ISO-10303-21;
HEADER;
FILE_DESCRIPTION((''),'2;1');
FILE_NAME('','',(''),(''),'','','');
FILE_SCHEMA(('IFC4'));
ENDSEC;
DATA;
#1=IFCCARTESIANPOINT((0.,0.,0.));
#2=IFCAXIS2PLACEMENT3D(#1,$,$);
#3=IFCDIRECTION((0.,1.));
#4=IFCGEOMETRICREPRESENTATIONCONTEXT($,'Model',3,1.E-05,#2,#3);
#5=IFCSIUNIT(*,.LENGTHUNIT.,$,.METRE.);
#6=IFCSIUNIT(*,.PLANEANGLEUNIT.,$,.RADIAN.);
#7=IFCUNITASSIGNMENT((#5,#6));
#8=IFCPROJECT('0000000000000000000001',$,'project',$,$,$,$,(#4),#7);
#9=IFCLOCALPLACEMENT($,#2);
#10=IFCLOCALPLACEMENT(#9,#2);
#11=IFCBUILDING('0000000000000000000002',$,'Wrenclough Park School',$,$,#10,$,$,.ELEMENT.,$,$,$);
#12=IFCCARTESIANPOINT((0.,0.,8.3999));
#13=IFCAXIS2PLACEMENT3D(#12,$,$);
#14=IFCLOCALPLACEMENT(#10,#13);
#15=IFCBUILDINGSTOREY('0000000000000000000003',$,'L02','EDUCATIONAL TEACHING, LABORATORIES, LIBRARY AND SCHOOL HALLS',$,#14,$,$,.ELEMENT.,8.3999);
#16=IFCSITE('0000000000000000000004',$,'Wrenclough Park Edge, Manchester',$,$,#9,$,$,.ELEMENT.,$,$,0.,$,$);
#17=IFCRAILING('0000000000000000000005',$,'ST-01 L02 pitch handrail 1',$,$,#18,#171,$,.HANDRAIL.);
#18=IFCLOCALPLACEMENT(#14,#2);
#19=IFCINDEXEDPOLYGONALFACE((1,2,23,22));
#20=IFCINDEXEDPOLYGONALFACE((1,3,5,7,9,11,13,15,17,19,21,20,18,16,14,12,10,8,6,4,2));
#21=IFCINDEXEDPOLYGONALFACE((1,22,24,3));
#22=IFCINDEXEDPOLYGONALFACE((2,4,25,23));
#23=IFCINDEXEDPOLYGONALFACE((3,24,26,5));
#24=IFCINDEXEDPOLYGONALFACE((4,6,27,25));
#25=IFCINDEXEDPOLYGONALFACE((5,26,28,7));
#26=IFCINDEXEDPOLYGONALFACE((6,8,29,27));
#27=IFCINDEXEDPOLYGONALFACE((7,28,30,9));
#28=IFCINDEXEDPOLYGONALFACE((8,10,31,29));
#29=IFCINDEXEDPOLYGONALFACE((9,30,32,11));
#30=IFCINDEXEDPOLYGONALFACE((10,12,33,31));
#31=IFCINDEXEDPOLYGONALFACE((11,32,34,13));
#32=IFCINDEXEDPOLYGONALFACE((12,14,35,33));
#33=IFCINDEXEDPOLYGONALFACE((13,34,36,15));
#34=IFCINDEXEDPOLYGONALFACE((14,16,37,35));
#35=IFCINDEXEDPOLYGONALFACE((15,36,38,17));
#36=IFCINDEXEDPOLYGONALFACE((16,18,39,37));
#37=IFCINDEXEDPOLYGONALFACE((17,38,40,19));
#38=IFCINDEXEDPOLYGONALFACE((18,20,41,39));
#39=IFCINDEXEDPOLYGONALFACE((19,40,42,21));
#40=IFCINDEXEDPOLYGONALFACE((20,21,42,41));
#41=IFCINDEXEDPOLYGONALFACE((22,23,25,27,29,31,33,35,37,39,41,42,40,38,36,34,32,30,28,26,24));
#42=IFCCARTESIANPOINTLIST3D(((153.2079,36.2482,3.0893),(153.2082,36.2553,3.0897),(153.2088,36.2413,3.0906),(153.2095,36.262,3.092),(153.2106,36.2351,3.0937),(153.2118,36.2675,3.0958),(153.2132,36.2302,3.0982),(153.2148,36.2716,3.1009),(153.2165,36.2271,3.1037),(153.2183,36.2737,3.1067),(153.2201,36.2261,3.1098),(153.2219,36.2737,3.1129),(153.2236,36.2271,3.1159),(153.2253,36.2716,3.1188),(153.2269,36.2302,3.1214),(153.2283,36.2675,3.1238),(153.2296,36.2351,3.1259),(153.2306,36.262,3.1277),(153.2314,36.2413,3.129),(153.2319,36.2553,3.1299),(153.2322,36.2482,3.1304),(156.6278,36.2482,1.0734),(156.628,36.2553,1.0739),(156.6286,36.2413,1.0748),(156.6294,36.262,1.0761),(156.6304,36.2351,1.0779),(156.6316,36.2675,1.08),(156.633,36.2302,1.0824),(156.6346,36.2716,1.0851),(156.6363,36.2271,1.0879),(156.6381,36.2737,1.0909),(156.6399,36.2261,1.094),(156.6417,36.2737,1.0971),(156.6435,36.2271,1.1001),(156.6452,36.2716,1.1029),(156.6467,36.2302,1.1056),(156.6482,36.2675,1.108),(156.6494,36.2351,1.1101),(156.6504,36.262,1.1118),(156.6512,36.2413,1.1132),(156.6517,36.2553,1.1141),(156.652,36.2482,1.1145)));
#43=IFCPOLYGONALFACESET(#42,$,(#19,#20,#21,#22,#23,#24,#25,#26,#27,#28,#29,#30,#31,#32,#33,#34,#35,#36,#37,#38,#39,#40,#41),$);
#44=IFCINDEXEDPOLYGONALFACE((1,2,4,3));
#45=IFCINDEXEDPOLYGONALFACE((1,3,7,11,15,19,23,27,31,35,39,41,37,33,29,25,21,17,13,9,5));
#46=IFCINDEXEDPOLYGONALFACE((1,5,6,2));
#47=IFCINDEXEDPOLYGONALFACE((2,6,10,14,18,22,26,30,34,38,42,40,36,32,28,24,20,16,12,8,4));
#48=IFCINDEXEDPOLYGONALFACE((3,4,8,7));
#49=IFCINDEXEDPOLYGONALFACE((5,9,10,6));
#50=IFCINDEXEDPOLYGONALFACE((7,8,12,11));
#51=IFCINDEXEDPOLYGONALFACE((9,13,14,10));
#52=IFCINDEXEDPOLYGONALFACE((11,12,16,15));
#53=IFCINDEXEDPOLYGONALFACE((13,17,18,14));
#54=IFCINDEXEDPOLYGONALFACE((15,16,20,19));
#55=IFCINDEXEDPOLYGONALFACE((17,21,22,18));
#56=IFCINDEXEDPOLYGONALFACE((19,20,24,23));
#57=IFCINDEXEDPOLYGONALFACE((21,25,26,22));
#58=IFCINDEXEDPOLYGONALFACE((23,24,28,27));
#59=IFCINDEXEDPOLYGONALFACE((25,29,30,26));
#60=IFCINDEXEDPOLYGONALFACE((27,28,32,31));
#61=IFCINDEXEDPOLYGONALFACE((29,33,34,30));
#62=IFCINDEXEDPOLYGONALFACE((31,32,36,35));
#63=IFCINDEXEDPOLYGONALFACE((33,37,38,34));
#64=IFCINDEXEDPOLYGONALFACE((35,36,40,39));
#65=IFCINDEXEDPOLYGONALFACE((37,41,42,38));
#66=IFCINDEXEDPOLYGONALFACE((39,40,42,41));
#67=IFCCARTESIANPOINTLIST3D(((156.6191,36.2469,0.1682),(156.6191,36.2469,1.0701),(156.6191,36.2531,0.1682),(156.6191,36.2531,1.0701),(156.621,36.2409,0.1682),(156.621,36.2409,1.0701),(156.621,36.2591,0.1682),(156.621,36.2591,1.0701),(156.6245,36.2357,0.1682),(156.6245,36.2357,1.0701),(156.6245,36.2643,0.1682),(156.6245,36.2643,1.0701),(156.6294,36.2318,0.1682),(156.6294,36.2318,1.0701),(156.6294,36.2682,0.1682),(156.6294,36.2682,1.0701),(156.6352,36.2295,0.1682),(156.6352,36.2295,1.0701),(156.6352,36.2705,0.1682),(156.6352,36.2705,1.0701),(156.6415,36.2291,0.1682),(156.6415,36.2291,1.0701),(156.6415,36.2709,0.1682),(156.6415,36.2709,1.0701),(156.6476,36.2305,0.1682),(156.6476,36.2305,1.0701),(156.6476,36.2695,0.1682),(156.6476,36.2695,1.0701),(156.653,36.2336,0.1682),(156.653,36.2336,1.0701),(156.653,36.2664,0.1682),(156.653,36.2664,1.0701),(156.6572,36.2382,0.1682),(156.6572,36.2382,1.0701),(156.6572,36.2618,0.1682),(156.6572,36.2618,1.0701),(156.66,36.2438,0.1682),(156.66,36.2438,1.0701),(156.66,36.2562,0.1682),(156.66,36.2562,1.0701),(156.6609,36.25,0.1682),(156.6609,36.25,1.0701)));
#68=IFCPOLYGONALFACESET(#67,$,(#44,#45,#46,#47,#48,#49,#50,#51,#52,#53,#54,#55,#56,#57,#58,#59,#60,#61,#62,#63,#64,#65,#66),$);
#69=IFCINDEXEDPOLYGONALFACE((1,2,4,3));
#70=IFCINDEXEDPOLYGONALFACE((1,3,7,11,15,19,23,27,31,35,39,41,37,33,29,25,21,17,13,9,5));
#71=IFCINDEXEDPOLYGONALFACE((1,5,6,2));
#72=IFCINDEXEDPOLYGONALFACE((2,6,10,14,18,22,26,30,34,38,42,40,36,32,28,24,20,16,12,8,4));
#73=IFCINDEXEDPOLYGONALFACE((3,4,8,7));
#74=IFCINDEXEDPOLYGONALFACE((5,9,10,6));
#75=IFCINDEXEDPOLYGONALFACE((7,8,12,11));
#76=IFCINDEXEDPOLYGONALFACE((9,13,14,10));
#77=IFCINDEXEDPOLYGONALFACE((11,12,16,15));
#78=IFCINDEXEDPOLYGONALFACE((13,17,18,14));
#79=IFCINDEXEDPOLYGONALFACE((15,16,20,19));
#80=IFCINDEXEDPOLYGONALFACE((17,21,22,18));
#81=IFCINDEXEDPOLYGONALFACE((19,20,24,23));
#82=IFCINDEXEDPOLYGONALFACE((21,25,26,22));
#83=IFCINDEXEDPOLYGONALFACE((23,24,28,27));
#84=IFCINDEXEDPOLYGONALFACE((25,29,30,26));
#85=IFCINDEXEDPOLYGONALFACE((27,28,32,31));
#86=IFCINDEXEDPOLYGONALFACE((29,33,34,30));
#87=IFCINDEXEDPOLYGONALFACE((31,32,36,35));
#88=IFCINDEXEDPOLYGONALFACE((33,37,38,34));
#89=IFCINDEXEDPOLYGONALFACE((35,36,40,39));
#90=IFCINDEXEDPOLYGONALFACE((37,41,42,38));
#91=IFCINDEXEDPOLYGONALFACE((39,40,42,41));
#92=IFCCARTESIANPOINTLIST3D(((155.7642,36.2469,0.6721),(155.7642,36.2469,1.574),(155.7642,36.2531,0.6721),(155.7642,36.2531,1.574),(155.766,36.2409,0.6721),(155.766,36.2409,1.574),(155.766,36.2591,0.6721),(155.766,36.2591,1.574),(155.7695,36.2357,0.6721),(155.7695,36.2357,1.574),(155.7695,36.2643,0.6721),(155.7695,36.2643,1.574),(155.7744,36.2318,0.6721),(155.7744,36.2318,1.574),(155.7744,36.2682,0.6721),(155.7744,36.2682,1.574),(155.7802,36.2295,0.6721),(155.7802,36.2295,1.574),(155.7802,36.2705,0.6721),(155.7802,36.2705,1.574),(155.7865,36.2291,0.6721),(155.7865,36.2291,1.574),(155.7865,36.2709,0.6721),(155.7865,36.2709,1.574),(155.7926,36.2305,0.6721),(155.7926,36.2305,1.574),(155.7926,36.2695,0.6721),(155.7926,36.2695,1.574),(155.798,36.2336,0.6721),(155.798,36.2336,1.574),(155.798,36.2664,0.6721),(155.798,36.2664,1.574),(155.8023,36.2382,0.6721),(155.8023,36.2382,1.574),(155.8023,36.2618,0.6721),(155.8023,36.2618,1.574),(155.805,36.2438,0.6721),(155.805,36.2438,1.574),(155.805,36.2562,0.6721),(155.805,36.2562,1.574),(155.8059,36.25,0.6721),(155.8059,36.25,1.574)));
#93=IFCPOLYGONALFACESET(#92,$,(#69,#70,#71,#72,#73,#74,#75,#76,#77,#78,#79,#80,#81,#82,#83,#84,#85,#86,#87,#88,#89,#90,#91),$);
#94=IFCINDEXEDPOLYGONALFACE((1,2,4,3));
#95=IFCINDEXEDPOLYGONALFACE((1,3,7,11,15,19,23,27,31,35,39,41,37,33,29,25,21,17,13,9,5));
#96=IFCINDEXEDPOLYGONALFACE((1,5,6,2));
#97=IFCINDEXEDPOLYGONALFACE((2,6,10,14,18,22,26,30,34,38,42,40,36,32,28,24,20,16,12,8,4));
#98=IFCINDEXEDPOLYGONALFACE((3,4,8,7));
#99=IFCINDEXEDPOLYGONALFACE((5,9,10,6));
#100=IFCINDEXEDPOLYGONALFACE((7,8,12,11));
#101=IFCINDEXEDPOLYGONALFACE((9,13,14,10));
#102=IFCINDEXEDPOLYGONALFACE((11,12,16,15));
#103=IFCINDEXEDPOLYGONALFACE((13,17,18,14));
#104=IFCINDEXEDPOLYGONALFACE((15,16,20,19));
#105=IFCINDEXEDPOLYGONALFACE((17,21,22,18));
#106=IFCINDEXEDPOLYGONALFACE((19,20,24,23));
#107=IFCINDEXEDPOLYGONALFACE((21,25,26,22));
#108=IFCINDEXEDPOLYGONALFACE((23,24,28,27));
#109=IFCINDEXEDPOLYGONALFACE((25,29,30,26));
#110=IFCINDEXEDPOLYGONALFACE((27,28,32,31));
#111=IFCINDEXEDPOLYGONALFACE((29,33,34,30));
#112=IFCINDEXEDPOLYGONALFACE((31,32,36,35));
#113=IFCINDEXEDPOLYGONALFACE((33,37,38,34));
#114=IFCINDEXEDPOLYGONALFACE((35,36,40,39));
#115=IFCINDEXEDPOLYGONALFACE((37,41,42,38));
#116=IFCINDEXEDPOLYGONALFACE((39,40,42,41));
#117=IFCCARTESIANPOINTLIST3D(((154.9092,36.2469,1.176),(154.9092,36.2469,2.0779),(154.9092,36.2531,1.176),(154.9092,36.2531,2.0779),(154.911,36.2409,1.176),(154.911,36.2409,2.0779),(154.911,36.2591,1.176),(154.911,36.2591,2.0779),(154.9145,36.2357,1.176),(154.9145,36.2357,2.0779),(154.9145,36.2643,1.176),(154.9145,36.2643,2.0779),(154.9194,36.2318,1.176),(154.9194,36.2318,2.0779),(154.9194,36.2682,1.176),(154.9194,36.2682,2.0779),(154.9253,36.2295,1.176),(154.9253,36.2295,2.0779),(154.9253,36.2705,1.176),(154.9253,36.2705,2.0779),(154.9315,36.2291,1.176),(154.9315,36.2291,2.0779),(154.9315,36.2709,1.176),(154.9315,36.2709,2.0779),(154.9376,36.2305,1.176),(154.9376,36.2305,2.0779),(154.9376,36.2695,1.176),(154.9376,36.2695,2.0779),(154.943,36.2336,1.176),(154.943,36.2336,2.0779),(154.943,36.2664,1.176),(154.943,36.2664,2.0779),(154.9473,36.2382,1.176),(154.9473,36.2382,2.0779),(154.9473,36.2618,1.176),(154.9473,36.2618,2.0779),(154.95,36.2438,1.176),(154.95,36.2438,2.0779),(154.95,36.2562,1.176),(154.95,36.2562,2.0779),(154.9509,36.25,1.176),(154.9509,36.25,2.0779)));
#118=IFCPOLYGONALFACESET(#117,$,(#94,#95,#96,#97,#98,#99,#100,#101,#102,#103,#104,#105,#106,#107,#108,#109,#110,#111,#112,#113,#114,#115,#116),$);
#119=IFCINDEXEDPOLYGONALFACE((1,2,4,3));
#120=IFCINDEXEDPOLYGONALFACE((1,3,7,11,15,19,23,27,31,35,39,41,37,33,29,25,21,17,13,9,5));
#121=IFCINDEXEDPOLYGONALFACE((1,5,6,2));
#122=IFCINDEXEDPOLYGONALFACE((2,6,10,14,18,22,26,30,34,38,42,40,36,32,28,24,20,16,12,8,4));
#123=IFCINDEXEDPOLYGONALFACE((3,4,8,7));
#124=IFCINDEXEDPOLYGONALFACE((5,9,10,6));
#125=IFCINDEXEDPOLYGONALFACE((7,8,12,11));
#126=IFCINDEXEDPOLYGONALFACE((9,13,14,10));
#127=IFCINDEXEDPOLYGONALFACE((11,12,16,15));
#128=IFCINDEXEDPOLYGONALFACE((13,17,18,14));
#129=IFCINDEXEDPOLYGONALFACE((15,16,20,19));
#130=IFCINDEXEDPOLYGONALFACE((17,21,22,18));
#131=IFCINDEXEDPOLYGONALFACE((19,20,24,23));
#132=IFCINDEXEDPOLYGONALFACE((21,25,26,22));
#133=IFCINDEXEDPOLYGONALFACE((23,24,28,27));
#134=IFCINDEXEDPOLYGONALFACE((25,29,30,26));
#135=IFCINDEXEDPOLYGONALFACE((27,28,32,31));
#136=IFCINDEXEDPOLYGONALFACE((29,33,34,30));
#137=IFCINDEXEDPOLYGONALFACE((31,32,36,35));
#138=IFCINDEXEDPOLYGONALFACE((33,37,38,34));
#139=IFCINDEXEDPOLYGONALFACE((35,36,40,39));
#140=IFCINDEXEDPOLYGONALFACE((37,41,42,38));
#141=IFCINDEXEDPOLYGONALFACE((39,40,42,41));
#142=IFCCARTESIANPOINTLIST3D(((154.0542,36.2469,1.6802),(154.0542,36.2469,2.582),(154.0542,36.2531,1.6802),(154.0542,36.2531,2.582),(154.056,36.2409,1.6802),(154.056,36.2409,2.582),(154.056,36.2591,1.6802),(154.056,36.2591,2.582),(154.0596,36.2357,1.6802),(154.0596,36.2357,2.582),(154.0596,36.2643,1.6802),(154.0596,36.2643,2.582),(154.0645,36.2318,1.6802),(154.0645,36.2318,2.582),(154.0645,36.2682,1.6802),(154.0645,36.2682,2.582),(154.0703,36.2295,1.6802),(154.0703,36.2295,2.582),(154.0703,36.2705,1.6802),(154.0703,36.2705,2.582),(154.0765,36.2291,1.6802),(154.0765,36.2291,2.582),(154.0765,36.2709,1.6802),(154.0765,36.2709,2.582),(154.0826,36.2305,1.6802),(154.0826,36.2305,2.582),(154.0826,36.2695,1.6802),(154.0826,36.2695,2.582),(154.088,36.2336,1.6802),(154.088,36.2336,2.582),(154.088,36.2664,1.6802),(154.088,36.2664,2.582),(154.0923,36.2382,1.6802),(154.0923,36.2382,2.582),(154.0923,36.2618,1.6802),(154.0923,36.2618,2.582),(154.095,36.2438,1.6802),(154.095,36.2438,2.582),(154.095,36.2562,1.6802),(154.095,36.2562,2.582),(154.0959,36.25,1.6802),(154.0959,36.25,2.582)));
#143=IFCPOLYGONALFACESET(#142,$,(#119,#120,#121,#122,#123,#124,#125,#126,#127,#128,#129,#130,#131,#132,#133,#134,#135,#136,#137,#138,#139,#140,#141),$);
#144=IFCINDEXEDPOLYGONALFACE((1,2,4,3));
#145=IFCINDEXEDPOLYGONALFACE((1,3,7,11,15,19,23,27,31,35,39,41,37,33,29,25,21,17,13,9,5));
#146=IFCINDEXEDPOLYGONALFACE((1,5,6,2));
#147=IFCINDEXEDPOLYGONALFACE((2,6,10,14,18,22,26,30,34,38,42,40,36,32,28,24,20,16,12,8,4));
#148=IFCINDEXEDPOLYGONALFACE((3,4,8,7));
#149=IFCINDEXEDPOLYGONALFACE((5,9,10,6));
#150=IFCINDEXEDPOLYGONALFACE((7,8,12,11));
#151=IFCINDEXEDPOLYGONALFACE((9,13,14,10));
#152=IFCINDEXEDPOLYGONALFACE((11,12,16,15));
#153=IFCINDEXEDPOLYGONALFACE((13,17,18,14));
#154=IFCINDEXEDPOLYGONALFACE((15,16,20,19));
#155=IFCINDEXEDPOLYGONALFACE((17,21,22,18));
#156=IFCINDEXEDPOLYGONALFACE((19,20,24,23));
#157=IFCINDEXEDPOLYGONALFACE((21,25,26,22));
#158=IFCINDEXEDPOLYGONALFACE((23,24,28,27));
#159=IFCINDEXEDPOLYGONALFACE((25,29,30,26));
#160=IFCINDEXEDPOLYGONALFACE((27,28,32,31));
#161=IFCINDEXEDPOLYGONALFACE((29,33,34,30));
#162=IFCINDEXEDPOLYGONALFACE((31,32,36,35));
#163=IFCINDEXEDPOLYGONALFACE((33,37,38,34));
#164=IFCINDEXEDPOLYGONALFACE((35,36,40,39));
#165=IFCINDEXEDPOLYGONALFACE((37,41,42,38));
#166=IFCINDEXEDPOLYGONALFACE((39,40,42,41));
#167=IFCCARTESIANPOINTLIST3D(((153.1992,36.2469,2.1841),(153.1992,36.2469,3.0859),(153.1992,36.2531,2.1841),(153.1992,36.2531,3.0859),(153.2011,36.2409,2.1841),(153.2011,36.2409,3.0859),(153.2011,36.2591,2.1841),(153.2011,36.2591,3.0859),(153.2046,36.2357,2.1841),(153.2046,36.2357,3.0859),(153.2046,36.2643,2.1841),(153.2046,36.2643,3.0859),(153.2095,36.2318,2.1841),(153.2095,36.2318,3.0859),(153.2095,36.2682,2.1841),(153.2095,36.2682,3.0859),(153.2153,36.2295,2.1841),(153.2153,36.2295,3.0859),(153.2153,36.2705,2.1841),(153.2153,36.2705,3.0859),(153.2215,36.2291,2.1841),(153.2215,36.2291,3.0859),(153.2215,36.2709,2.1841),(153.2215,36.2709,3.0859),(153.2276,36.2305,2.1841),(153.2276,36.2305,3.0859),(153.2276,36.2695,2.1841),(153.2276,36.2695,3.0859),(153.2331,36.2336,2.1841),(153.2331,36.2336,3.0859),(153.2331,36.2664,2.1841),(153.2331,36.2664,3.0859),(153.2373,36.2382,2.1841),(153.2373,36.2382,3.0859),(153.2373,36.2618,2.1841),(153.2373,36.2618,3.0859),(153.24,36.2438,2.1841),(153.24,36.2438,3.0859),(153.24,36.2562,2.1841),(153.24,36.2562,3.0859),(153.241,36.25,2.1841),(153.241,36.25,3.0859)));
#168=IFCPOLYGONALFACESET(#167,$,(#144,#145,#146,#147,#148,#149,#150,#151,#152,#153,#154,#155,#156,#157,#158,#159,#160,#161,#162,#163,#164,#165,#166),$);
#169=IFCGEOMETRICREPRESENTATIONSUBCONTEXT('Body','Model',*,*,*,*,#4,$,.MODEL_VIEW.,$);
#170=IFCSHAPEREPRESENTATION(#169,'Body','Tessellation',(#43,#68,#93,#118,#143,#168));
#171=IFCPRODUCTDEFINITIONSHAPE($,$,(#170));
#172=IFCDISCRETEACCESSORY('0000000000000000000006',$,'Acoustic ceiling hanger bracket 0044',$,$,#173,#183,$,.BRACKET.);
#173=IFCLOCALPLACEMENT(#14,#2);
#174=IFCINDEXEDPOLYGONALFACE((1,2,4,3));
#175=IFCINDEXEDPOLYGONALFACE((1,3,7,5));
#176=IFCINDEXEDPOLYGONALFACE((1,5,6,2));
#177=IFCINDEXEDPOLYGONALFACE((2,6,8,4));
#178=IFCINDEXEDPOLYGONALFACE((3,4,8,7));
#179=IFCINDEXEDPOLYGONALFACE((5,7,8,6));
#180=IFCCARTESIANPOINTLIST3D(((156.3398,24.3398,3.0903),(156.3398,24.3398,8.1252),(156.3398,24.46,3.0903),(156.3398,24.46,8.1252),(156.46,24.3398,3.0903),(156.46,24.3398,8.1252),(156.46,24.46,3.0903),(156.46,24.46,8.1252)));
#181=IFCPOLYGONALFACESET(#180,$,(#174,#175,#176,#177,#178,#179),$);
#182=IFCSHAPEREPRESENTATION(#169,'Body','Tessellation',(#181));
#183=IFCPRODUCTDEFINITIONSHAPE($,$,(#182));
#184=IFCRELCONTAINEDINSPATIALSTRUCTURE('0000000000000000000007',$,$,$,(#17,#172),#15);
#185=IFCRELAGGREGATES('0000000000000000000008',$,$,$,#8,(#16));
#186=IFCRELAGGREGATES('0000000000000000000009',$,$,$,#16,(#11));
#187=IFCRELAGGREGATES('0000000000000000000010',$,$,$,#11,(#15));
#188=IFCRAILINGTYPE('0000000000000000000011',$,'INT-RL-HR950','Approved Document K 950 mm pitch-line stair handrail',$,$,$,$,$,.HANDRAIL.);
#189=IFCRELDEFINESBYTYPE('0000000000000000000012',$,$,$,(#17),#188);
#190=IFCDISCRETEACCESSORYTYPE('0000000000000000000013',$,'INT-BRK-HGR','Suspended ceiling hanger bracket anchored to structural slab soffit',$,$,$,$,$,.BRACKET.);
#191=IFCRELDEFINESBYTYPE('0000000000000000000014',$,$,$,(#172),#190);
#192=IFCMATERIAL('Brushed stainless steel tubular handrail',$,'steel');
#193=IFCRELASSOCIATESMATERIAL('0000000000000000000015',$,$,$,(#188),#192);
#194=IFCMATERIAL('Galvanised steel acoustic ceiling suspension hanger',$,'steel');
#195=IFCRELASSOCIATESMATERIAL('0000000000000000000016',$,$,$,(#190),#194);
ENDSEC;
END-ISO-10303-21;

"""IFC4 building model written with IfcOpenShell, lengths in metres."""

from ifc_helpers import new_model, si_unit, direction, frame, origin, origin_2d, place, context, subcontext, project, spatial, rectangle, circle, extrude, material, type_object, element, save


model = new_model("IFC4")

# Units and contexts
model_context = context("Model", 3, precision=1e-05, world=origin(), true_north=direction((0.0, 1.0)))
body_context = subcontext(model_context, "Body", "Model", "MODEL_VIEW")
ifc_project = project(units=[si_unit("LENGTHUNIT", "METRE"), si_unit("PLANEANGLEUNIT", "RADIAN")], contexts=[model_context])

# Site, building, storey
site_placement = place(None, origin())
site = spatial("IfcSite", under=ifc_project, at=site_placement, Name="Wrenclough Park Edge, Manchester", CompositionType="ELEMENT", RefElevation=0.0)
building_placement = place(site_placement, origin())
building = spatial("IfcBuilding", under=site, at=building_placement, Name="Wrenclough Park School", CompositionType="ELEMENT")
storey_placement = place(building_placement, frame((0.0, 0.0, 8.3999)))
storey = spatial("IfcBuildingStorey", under=building, at=storey_placement, Name="L02", Description="EDUCATIONAL TEACHING, LABORATORIES, LIBRARY AND SCHOOL HALLS", CompositionType="ELEMENT", Elevation=8.3999)

# Railing
ifc_material_1 = material(Name="Brushed stainless steel tubular handrail", Category="steel")
railing_type = type_object("IfcRailingType", Name="INT-RL-HR950", Description="Approved Document K 950 mm pitch-line stair handrail", PredefinedType="HANDRAIL", material=ifc_material_1)
railing_placement = place(storey_placement, frame((156.6399, 36.25, 0.1682)))
element("IfcRailing", 1, at=railing_placement, inside=storey, type_object=railing_type, Name="ST-01 L02 pitch handrail 1", PredefinedType="HANDRAIL", context=body_context, shape_type="SweptSolid", body=[
    extrude(circle(Radius=0.0239, at=origin_2d()), frame((0.0, 0.0, 0.9258), z_axis=(-0.861477, 0.0, 0.507797), x_axis=(0.0, -1.0, 0.0)), (0.0, 0.0, 1.0), 3.9697),
    extrude(circle(Radius=0.021, at=origin_2d()), origin(), (0.0, 0.0, 1.0), 0.9019),
    extrude(circle(Radius=0.021, at=origin_2d()), frame((-0.855, 0.0, 0.5039)), (0.0, 0.0, 1.0), 0.9019),
    extrude(circle(Radius=0.021, at=origin_2d()), frame((-1.71, 0.0, 1.0078)), (0.0, 0.0, 1.0), 0.9019),
    extrude(circle(Radius=0.021, at=origin_2d()), frame((-2.5649, 0.0, 1.512)), (0.0, 0.0, 1.0), 0.9019),
    extrude(circle(Radius=0.021, at=origin_2d()), frame((-3.4199, 0.0, 2.0159)), (0.0, 0.0, 1.0), 0.9019),
])

# Discrete accessory
ifc_material_2 = material(Name="Galvanised steel acoustic ceiling suspension hanger", Category="steel")
discrete_accessory_type = type_object("IfcDiscreteAccessoryType", Name="INT-BRK-HGR", Description="Suspended ceiling hanger bracket anchored to structural slab soffit", PredefinedType="BRACKET", material=ifc_material_2)
discrete_accessory_placement = place(storey_placement, frame((156.3999, 24.3999, 3.0903), z_axis=(0.0, 0.0, 1.0), x_axis=(1.0, 0.0, 0.0)))
element("IfcDiscreteAccessory", 2, at=discrete_accessory_placement, inside=storey, type_object=discrete_accessory_type, Name="Acoustic ceiling hanger bracket 0044", PredefinedType="BRACKET", context=body_context, shape_type="SweptSolid", body=[
    extrude(rectangle(XDim=0.1201, YDim=0.1201, at=origin_2d()), origin(), (0.0, 0.0, 1.0), 5.0349),
])

save(model, "model.ifc")
